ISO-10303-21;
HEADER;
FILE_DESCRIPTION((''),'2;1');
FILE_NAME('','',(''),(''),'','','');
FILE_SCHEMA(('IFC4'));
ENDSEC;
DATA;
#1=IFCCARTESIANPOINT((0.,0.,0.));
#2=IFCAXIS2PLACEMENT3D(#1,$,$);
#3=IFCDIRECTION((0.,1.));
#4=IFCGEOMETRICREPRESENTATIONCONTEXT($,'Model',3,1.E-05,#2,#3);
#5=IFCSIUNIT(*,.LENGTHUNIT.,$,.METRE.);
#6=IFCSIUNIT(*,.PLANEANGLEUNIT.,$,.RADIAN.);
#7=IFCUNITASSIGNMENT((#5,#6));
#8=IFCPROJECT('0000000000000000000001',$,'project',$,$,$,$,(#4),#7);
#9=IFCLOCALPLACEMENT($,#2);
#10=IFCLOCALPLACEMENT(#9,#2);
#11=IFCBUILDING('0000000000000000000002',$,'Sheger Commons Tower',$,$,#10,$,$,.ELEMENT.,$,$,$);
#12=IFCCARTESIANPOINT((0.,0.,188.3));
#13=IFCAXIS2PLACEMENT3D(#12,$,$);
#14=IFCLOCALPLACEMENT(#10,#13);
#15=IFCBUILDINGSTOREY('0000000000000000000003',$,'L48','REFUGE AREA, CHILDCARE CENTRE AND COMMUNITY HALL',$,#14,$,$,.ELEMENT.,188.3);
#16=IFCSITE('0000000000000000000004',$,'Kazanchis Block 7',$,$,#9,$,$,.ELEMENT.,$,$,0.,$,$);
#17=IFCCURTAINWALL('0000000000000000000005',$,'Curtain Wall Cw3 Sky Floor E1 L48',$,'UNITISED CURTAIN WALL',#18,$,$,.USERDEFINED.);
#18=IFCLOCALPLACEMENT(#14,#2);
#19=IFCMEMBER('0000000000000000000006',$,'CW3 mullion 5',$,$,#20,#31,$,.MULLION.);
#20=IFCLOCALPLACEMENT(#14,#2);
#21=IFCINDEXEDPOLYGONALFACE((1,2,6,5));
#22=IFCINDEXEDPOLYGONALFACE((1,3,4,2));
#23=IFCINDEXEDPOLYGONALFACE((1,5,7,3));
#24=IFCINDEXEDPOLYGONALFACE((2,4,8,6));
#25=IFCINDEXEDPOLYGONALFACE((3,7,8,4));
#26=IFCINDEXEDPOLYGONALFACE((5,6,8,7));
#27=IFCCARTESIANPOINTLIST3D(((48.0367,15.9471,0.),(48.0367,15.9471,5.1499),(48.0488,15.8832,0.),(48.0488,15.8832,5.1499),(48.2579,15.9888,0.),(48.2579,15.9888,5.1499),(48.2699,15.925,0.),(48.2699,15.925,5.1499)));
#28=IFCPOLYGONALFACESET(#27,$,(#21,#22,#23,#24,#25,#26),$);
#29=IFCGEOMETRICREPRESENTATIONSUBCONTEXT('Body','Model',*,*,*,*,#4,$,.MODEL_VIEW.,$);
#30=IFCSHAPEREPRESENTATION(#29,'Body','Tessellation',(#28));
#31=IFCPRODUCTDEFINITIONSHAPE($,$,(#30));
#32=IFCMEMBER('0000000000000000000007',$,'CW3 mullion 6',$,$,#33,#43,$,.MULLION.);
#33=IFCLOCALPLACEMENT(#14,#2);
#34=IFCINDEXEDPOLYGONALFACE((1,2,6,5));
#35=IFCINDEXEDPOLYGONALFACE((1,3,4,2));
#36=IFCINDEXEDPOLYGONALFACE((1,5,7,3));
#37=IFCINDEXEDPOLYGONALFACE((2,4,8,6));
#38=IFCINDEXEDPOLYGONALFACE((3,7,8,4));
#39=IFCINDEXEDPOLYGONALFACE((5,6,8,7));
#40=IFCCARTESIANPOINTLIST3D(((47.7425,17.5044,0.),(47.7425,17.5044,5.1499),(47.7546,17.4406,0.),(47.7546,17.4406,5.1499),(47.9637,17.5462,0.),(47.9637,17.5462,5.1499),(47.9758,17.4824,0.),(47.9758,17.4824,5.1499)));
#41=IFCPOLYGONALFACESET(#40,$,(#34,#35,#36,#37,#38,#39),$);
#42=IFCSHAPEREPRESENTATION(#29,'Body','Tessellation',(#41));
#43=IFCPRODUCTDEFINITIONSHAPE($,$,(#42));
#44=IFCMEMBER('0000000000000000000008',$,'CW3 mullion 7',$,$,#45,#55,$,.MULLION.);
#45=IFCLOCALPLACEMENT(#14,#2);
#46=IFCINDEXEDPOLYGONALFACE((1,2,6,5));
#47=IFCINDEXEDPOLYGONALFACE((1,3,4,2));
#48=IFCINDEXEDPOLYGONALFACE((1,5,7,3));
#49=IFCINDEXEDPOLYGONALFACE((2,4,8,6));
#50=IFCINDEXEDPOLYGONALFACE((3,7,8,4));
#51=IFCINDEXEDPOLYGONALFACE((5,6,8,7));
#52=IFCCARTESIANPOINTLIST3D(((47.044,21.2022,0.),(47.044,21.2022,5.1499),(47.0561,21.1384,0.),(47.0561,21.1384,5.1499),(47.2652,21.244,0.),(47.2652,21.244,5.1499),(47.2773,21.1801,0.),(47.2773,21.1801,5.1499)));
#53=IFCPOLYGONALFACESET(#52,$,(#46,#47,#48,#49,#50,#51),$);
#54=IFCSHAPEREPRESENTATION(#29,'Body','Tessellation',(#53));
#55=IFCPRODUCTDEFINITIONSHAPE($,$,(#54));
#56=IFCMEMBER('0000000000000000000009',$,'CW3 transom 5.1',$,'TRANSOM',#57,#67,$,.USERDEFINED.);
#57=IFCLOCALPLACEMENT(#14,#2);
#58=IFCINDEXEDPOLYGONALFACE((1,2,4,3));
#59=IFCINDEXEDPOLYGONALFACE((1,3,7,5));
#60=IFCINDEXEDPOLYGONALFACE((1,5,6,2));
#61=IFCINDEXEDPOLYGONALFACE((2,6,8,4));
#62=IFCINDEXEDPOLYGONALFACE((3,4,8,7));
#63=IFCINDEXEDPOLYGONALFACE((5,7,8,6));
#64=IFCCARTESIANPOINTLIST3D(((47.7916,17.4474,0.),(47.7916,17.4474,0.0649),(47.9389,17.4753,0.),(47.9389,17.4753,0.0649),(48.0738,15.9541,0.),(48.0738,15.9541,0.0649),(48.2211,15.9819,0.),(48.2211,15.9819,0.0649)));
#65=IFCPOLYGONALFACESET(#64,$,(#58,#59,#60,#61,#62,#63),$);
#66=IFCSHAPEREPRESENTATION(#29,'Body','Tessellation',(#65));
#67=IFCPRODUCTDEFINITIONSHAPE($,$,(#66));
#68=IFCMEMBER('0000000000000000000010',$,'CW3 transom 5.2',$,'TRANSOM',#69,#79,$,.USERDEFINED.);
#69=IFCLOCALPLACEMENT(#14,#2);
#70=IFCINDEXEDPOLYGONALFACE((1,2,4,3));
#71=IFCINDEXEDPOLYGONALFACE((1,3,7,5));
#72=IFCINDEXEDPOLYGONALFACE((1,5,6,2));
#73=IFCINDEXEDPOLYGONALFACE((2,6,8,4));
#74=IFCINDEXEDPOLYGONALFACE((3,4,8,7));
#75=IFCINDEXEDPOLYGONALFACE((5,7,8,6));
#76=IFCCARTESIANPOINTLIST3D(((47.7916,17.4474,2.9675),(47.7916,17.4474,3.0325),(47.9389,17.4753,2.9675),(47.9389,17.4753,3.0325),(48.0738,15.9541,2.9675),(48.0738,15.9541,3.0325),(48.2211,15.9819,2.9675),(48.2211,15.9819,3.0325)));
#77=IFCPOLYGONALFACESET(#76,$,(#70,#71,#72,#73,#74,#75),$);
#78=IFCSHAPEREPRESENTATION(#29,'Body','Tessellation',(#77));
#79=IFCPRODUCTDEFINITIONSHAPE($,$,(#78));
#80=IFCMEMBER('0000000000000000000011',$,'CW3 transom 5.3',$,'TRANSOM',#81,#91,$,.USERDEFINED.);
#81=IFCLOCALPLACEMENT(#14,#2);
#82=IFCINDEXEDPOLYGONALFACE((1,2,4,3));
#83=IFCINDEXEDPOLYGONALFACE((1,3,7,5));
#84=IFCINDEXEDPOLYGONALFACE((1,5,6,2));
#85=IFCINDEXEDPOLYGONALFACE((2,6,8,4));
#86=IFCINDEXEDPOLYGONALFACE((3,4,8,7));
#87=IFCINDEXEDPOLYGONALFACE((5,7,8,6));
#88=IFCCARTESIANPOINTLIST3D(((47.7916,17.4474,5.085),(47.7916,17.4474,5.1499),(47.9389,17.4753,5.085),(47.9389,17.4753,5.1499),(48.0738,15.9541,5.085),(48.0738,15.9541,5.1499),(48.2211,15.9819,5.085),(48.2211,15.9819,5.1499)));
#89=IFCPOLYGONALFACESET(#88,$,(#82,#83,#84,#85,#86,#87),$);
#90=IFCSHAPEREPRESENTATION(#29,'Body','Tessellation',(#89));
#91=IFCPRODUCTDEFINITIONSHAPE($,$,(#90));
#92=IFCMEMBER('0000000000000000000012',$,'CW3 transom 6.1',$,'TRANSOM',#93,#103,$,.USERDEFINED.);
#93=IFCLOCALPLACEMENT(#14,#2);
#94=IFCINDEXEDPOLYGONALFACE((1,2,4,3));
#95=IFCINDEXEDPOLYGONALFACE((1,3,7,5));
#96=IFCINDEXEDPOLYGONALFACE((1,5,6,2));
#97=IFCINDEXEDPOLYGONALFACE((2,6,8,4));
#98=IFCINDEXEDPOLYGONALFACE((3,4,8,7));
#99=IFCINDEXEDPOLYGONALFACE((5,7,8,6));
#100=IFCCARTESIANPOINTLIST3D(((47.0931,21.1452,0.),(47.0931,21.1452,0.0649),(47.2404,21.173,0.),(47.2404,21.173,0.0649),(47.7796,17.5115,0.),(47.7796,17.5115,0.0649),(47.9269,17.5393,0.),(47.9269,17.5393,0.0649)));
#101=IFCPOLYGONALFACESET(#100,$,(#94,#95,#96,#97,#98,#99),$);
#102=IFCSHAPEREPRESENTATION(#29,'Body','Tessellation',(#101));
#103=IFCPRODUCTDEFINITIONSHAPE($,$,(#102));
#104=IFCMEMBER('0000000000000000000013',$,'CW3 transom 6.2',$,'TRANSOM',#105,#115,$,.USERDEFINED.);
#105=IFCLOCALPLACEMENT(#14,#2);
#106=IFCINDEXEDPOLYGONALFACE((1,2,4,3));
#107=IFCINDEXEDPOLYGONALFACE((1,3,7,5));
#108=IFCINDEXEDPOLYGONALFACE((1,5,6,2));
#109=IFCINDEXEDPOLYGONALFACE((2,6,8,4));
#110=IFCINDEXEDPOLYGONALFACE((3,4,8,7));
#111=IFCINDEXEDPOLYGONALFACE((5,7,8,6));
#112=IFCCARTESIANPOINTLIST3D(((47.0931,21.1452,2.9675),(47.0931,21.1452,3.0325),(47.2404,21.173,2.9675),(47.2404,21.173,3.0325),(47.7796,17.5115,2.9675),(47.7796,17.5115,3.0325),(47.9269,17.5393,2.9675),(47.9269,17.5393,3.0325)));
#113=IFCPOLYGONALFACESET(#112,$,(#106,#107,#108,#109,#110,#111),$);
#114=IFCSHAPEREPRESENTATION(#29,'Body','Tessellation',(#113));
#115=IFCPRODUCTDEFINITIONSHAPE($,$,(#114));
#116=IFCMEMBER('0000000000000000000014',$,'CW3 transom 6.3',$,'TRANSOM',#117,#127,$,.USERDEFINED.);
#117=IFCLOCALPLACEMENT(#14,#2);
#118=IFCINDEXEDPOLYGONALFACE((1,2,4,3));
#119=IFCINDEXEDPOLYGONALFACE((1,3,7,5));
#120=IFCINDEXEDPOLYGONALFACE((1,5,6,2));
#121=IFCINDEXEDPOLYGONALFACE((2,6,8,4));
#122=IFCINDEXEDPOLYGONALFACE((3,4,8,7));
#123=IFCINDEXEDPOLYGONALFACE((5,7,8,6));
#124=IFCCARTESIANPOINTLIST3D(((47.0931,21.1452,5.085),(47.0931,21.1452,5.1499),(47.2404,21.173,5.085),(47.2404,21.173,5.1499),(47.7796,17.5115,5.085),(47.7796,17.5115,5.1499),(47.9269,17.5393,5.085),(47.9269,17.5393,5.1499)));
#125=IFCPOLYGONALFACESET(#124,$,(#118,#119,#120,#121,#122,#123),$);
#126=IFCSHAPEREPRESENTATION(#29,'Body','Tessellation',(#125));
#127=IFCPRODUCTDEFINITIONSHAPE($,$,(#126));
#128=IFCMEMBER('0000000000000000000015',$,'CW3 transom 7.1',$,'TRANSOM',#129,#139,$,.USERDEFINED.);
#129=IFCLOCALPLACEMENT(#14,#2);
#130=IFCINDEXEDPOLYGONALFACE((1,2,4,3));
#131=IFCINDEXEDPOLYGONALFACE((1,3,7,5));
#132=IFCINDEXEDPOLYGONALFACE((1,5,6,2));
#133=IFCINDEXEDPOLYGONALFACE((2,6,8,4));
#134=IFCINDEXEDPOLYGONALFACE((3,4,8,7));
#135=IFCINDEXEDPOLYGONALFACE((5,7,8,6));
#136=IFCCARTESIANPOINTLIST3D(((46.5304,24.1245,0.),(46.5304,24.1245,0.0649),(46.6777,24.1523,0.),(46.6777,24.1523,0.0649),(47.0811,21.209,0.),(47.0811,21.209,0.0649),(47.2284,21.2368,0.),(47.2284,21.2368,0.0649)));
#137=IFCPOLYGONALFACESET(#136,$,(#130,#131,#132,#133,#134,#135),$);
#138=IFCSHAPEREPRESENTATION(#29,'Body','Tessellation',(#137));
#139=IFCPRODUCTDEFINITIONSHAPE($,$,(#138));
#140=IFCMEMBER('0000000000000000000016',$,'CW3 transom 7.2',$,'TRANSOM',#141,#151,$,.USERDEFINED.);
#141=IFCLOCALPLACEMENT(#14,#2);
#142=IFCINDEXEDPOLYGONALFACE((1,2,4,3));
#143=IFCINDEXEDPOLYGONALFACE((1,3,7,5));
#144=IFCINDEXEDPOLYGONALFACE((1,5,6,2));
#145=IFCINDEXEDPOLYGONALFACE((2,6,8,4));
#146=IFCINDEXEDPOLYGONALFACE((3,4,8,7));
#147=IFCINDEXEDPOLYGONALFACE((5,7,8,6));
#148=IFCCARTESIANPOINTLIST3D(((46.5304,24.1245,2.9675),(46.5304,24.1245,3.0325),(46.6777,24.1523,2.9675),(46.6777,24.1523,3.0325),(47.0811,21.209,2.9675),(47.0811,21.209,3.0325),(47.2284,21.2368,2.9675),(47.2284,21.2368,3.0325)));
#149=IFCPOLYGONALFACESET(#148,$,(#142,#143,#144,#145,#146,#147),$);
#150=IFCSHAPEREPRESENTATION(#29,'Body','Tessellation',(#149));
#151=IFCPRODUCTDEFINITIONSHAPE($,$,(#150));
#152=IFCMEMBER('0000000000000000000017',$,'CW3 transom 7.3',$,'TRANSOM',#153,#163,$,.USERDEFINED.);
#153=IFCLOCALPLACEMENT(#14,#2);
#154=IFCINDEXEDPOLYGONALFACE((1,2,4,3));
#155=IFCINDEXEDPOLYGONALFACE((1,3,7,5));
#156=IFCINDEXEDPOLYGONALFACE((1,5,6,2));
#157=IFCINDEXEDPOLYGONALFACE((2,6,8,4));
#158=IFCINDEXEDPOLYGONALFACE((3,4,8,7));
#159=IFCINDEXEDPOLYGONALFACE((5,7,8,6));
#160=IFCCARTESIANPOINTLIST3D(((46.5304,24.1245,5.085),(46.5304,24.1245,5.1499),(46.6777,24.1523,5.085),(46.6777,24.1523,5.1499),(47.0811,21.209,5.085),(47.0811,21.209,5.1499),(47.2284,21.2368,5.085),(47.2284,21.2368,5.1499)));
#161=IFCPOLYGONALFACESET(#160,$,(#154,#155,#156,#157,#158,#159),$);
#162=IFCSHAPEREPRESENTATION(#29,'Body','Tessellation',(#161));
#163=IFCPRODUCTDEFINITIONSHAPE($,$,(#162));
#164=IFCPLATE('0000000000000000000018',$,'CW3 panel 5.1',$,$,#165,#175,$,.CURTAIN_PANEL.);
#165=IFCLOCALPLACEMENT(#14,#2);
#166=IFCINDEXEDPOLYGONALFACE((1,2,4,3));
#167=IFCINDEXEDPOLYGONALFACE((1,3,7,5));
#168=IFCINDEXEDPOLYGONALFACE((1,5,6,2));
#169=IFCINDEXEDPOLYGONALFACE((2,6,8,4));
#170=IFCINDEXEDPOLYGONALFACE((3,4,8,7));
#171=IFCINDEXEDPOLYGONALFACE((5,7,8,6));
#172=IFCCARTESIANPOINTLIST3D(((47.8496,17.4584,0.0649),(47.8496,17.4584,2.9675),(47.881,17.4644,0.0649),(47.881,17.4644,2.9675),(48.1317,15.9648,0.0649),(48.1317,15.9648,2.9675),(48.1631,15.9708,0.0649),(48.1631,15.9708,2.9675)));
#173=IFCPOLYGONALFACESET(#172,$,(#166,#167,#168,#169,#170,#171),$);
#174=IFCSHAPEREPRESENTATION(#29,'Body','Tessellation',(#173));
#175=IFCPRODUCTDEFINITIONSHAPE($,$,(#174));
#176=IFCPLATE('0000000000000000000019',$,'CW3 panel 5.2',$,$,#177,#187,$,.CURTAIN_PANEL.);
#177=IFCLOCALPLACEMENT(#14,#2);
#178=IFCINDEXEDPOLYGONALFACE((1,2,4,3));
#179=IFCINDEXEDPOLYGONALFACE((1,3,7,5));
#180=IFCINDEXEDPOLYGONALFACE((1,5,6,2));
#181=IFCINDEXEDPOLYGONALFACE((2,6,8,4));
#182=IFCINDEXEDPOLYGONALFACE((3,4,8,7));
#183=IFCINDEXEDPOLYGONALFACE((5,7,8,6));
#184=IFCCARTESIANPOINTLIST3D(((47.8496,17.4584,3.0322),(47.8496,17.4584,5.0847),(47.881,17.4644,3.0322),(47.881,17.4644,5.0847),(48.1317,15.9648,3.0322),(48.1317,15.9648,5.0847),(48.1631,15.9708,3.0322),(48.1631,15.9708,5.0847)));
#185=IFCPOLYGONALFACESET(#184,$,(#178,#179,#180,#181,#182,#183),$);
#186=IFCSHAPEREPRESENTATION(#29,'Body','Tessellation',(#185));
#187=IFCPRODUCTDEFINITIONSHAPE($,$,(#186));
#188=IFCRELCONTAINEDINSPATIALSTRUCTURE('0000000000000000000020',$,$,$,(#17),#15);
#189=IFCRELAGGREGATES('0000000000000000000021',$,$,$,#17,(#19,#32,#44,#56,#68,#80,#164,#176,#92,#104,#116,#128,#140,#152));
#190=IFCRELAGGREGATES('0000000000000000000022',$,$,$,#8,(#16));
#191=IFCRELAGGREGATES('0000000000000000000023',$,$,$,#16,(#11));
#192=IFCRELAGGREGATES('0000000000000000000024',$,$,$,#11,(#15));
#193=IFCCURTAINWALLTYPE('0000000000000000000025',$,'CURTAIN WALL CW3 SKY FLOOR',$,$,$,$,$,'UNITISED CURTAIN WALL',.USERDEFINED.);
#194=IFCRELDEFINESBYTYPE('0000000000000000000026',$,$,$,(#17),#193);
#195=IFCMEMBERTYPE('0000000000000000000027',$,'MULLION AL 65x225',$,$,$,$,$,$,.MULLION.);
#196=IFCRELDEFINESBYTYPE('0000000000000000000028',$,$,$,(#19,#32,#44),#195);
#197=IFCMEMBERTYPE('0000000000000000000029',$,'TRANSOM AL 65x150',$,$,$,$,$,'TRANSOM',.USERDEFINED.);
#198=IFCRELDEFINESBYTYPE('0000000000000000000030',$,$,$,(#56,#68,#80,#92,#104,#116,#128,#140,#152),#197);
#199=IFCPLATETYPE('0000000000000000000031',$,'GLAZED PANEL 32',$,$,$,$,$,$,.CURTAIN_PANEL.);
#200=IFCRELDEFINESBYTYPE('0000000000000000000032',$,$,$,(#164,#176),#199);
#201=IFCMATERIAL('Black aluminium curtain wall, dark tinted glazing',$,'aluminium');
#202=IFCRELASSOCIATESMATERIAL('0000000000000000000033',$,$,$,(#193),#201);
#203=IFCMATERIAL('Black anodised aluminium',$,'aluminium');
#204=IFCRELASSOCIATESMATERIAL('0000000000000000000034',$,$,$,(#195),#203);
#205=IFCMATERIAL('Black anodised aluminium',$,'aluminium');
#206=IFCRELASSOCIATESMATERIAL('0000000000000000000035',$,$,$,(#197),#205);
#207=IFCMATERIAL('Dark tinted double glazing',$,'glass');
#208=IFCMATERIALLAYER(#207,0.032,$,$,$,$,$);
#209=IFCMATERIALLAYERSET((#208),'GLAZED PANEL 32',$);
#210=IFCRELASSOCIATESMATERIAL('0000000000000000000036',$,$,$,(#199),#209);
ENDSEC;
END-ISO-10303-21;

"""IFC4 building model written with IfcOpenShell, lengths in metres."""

from ifc_helpers import new_model, si_unit, direction, frame, origin, origin_2d, place, context, subcontext, project, spatial, rectangle, extrude, material, layer, layer_set, material_profile, profile_set, type_object, element, aggregate, save


model = new_model("IFC4")

# Units and contexts
model_context = context("Model", 3, precision=1e-05, world=origin(), true_north=direction((0.0, 1.0)))
body_context = subcontext(model_context, "Body", "Model", "MODEL_VIEW")
ifc_project = project(units=[si_unit("LENGTHUNIT", "METRE"), si_unit("PLANEANGLEUNIT", "RADIAN")], contexts=[model_context])

# Site, building, storey
site_placement = place(None, origin())
site = spatial("IfcSite", under=ifc_project, at=site_placement, Name="Kazanchis Block 7", CompositionType="ELEMENT", RefElevation=0.0)
building_placement = place(site_placement, origin())
building = spatial("IfcBuilding", under=site, at=building_placement, Name="Sheger Commons Tower", CompositionType="ELEMENT")
storey_placement = place(building_placement, frame((0.0, 0.0, 188.3)))
storey = spatial("IfcBuildingStorey", under=building, at=storey_placement, Name="L48", Description="REFUGE AREA, CHILDCARE CENTRE AND COMMUNITY HALL", CompositionType="ELEMENT", Elevation=188.3)

# Curtain wall, members, plates
ifc_material_1 = material(Name="Black aluminium curtain wall, dark tinted glazing", Category="aluminium")
curtain_wall_type = type_object("IfcCurtainWallType", Name="CURTAIN WALL CW3 SKY FLOOR", ElementType="UNITISED CURTAIN WALL", PredefinedType="USERDEFINED", material=ifc_material_1)
curtain_wall_placement = place(storey_placement, origin())
curtain_wall = element("IfcCurtainWall", 1, at=curtain_wall_placement, inside=storey, type_object=curtain_wall_type, Name="Curtain Wall Cw3 Sky Floor E1 L48", ObjectType="UNITISED CURTAIN WALL", PredefinedType="USERDEFINED")
ifc_material_2 = material(Name="Black anodised aluminium", Category="aluminium")
ifc_material_profile_1 = material_profile(ifc_material_2, rectangle(XDim=0.2251, YDim=0.0649, at=origin_2d()), Name="AL 65x225")
ifc_profile_set_1 = profile_set([ifc_material_profile_1], Name="Black anodised aluminium")
member_type_1 = type_object("IfcMemberType", Name="MULLION AL 65x225", PredefinedType="MULLION", material=ifc_profile_set_1)
member_1_placement = place(storey_placement, frame((48.1533, 15.936, 0.0), z_axis=(0.0, 0.0, 1.0), x_axis=(-0.982624, -0.18561, 0.0)))
member_1 = element("IfcMember", 2, at=member_1_placement, type_object=member_type_1, Name="CW3 mullion 5", PredefinedType="MULLION", context=body_context, shape_type="SweptSolid", body=[
    extrude(rectangle(XDim=0.2251, YDim=0.0649, at=origin_2d()), origin(), (0.0, 0.0, 1.0), 5.1499),
])
member_2_placement = place(storey_placement, frame((47.8591, 17.4934, 0.0), z_axis=(0.0, 0.0, 1.0), x_axis=(-0.982624, -0.18561, 0.0)))
member_2 = element("IfcMember", 3, at=member_2_placement, type_object=member_type_1, Name="CW3 mullion 6", PredefinedType="MULLION", context=body_context, shape_type="SweptSolid", body=[
    extrude(rectangle(XDim=0.2251, YDim=0.0649, at=origin_2d()), origin(), (0.0, 0.0, 1.0), 5.1499),
])
member_3_placement = place(storey_placement, frame((47.1606, 21.1912, 0.0), z_axis=(0.0, 0.0, 1.0), x_axis=(-0.982624, -0.18561, 0.0)))
member_3 = element("IfcMember", 4, at=member_3_placement, type_object=member_type_1, Name="CW3 mullion 7", PredefinedType="MULLION", context=body_context, shape_type="SweptSolid", body=[
    extrude(rectangle(XDim=0.2251, YDim=0.0649, at=origin_2d()), origin(), (0.0, 0.0, 1.0), 5.1499),
])
ifc_material_3 = material(Name="Black anodised aluminium", Category="aluminium")
ifc_material_profile_2 = material_profile(ifc_material_3, rectangle(XDim=0.1499, YDim=0.0649, at=origin_2d()), Name="AL 65x150")
ifc_profile_set_2 = profile_set([ifc_material_profile_2], Name="Black anodised aluminium")
member_type_2 = type_object("IfcMemberType", Name="TRANSOM AL 65x150", ElementType="TRANSOM", PredefinedType="USERDEFINED", material=ifc_profile_set_2)
member_4_placement = place(storey_placement, frame((48.1475, 15.968, 0.0325), z_axis=(-0.185695, 0.982607, 0.0), x_axis=(-0.982607, -0.185695, 0.0)))
member_4 = element("IfcMember", 5, at=member_4_placement, type_object=member_type_2, Name="CW3 transom 5.1", ObjectType="TRANSOM", PredefinedType="USERDEFINED", context=body_context, shape_type="SweptSolid", body=[
    extrude(rectangle(XDim=0.1499, YDim=0.0649, at=origin_2d()), origin(), (0.0, 0.0, 1.0), 1.5198),
])
member_5_placement = place(storey_placement, frame((48.1475, 15.968, 3.0), z_axis=(-0.185695, 0.982607, 0.0), x_axis=(-0.982607, -0.185695, 0.0)))
member_5 = element("IfcMember", 6, at=member_5_placement, type_object=member_type_2, Name="CW3 transom 5.2", ObjectType="TRANSOM", PredefinedType="USERDEFINED", context=body_context, shape_type="SweptSolid", body=[
    extrude(rectangle(XDim=0.1499, YDim=0.0649, at=origin_2d()), origin(), (0.0, 0.0, 1.0), 1.5198),
])
member_6_placement = place(storey_placement, frame((48.1475, 15.968, 5.1174), z_axis=(-0.185695, 0.982607, 0.0), x_axis=(-0.982607, -0.185695, 0.0)))
member_6 = element("IfcMember", 7, at=member_6_placement, type_object=member_type_2, Name="CW3 transom 5.3", ObjectType="TRANSOM", PredefinedType="USERDEFINED", context=body_context, shape_type="SweptSolid", body=[
    extrude(rectangle(XDim=0.1499, YDim=0.0649, at=origin_2d()), origin(), (0.0, 0.0, 1.0), 1.5198),
])
member_7_placement = place(storey_placement, frame((47.8533, 17.5254, 0.0325), z_axis=(-0.185644, 0.982617, 0.0), x_axis=(-0.982617, -0.185644, 0.0)))
member_7 = element("IfcMember", 8, at=member_7_placement, type_object=member_type_2, Name="CW3 transom 6.1", ObjectType="TRANSOM", PredefinedType="USERDEFINED", context=body_context, shape_type="SweptSolid", body=[
    extrude(rectangle(XDim=0.1499, YDim=0.0649, at=origin_2d()), origin(), (0.0, 0.0, 1.0), 3.698),
])
member_8_placement = place(storey_placement, frame((47.8533, 17.5254, 3.0), z_axis=(-0.185644, 0.982617, 0.0), x_axis=(-0.982617, -0.185644, 0.0)))
member_8 = element("IfcMember", 9, at=member_8_placement, type_object=member_type_2, Name="CW3 transom 6.2", ObjectType="TRANSOM", PredefinedType="USERDEFINED", context=body_context, shape_type="SweptSolid", body=[
    extrude(rectangle(XDim=0.1499, YDim=0.0649, at=origin_2d()), origin(), (0.0, 0.0, 1.0), 3.698),
])
member_9_placement = place(storey_placement, frame((47.8533, 17.5254, 5.1174), z_axis=(-0.185644, 0.982617, 0.0), x_axis=(-0.982617, -0.185644, 0.0)))
member_9 = element("IfcMember", 10, at=member_9_placement, type_object=member_type_2, Name="CW3 transom 6.3", ObjectType="TRANSOM", PredefinedType="USERDEFINED", context=body_context, shape_type="SweptSolid", body=[
    extrude(rectangle(XDim=0.1499, YDim=0.0649, at=origin_2d()), origin(), (0.0, 0.0, 1.0), 3.698),
])
member_10_placement = place(storey_placement, frame((47.1548, 21.2229, 0.0325), z_axis=(-0.18563, 0.98262, 0.0), x_axis=(-0.98262, -0.18563, 0.0)))
member_10 = element("IfcMember", 11, at=member_10_placement, type_object=member_type_2, Name="CW3 transom 7.1", ObjectType="TRANSOM", PredefinedType="USERDEFINED", context=body_context, shape_type="SweptSolid", body=[
    extrude(rectangle(XDim=0.1499, YDim=0.0649, at=origin_2d()), origin(), (0.0, 0.0, 1.0), 2.967),
])
member_11_placement = place(storey_placement, frame((47.1548, 21.2229, 3.0), z_axis=(-0.18563, 0.98262, 0.0), x_axis=(-0.98262, -0.18563, 0.0)))
member_11 = element("IfcMember", 12, at=member_11_placement, type_object=member_type_2, Name="CW3 transom 7.2", ObjectType="TRANSOM", PredefinedType="USERDEFINED", context=body_context, shape_type="SweptSolid", body=[
    extrude(rectangle(XDim=0.1499, YDim=0.0649, at=origin_2d()), origin(), (0.0, 0.0, 1.0), 2.967),
])
member_12_placement = place(storey_placement, frame((47.1548, 21.2229, 5.1174), z_axis=(-0.18563, 0.98262, 0.0), x_axis=(-0.98262, -0.18563, 0.0)))
member_12 = element("IfcMember", 13, at=member_12_placement, type_object=member_type_2, Name="CW3 transom 7.3", ObjectType="TRANSOM", PredefinedType="USERDEFINED", context=body_context, shape_type="SweptSolid", body=[
    extrude(rectangle(XDim=0.1499, YDim=0.0649, at=origin_2d()), origin(), (0.0, 0.0, 1.0), 2.967),
])
ifc_material_4 = material(Name="Dark tinted double glazing", Category="glass")
ifc_layer_1 = layer(ifc_material_4, 0.032)
ifc_layer_set_1 = layer_set([ifc_layer_1], Name="GLAZED PANEL 32")
plate_type_1 = type_object("IfcPlateType", Name="GLAZED PANEL 32", PredefinedType="CURTAIN_PANEL", material=ifc_layer_set_1)
plate_1_placement = place(storey_placement, frame((48.0063, 16.7146, 0.0649), z_axis=(0.0, 0.0, 1.0), x_axis=(-0.18561, 0.982624, 0.0)))
plate_1 = element("IfcPlate", 14, at=plate_1_placement, type_object=plate_type_1, Name="CW3 panel 5.1", PredefinedType="CURTAIN_PANEL", context=body_context, shape_type="SweptSolid", body=[
    extrude(rectangle(XDim=1.52, YDim=0.032, at=origin_2d()), origin(), (0.0, 0.0, 1.0), 2.9026),
])
plate_2_placement = place(storey_placement, frame((48.0063, 16.7146, 3.0322), z_axis=(0.0, 0.0, 1.0), x_axis=(-0.18561, 0.982624, 0.0)))
plate_2 = element("IfcPlate", 15, at=plate_2_placement, type_object=plate_type_1, Name="CW3 panel 5.2", PredefinedType="CURTAIN_PANEL", context=body_context, shape_type="SweptSolid", body=[
    extrude(rectangle(XDim=1.52, YDim=0.032, at=origin_2d()), origin(), (0.0, 0.0, 1.0), 2.0525),
])
aggregate(curtain_wall, [member_1, member_2, member_3, member_4, member_5, member_6, plate_1, plate_2, member_7, member_8, member_9, member_10, member_11, member_12])

save(model, "model.ifc")
